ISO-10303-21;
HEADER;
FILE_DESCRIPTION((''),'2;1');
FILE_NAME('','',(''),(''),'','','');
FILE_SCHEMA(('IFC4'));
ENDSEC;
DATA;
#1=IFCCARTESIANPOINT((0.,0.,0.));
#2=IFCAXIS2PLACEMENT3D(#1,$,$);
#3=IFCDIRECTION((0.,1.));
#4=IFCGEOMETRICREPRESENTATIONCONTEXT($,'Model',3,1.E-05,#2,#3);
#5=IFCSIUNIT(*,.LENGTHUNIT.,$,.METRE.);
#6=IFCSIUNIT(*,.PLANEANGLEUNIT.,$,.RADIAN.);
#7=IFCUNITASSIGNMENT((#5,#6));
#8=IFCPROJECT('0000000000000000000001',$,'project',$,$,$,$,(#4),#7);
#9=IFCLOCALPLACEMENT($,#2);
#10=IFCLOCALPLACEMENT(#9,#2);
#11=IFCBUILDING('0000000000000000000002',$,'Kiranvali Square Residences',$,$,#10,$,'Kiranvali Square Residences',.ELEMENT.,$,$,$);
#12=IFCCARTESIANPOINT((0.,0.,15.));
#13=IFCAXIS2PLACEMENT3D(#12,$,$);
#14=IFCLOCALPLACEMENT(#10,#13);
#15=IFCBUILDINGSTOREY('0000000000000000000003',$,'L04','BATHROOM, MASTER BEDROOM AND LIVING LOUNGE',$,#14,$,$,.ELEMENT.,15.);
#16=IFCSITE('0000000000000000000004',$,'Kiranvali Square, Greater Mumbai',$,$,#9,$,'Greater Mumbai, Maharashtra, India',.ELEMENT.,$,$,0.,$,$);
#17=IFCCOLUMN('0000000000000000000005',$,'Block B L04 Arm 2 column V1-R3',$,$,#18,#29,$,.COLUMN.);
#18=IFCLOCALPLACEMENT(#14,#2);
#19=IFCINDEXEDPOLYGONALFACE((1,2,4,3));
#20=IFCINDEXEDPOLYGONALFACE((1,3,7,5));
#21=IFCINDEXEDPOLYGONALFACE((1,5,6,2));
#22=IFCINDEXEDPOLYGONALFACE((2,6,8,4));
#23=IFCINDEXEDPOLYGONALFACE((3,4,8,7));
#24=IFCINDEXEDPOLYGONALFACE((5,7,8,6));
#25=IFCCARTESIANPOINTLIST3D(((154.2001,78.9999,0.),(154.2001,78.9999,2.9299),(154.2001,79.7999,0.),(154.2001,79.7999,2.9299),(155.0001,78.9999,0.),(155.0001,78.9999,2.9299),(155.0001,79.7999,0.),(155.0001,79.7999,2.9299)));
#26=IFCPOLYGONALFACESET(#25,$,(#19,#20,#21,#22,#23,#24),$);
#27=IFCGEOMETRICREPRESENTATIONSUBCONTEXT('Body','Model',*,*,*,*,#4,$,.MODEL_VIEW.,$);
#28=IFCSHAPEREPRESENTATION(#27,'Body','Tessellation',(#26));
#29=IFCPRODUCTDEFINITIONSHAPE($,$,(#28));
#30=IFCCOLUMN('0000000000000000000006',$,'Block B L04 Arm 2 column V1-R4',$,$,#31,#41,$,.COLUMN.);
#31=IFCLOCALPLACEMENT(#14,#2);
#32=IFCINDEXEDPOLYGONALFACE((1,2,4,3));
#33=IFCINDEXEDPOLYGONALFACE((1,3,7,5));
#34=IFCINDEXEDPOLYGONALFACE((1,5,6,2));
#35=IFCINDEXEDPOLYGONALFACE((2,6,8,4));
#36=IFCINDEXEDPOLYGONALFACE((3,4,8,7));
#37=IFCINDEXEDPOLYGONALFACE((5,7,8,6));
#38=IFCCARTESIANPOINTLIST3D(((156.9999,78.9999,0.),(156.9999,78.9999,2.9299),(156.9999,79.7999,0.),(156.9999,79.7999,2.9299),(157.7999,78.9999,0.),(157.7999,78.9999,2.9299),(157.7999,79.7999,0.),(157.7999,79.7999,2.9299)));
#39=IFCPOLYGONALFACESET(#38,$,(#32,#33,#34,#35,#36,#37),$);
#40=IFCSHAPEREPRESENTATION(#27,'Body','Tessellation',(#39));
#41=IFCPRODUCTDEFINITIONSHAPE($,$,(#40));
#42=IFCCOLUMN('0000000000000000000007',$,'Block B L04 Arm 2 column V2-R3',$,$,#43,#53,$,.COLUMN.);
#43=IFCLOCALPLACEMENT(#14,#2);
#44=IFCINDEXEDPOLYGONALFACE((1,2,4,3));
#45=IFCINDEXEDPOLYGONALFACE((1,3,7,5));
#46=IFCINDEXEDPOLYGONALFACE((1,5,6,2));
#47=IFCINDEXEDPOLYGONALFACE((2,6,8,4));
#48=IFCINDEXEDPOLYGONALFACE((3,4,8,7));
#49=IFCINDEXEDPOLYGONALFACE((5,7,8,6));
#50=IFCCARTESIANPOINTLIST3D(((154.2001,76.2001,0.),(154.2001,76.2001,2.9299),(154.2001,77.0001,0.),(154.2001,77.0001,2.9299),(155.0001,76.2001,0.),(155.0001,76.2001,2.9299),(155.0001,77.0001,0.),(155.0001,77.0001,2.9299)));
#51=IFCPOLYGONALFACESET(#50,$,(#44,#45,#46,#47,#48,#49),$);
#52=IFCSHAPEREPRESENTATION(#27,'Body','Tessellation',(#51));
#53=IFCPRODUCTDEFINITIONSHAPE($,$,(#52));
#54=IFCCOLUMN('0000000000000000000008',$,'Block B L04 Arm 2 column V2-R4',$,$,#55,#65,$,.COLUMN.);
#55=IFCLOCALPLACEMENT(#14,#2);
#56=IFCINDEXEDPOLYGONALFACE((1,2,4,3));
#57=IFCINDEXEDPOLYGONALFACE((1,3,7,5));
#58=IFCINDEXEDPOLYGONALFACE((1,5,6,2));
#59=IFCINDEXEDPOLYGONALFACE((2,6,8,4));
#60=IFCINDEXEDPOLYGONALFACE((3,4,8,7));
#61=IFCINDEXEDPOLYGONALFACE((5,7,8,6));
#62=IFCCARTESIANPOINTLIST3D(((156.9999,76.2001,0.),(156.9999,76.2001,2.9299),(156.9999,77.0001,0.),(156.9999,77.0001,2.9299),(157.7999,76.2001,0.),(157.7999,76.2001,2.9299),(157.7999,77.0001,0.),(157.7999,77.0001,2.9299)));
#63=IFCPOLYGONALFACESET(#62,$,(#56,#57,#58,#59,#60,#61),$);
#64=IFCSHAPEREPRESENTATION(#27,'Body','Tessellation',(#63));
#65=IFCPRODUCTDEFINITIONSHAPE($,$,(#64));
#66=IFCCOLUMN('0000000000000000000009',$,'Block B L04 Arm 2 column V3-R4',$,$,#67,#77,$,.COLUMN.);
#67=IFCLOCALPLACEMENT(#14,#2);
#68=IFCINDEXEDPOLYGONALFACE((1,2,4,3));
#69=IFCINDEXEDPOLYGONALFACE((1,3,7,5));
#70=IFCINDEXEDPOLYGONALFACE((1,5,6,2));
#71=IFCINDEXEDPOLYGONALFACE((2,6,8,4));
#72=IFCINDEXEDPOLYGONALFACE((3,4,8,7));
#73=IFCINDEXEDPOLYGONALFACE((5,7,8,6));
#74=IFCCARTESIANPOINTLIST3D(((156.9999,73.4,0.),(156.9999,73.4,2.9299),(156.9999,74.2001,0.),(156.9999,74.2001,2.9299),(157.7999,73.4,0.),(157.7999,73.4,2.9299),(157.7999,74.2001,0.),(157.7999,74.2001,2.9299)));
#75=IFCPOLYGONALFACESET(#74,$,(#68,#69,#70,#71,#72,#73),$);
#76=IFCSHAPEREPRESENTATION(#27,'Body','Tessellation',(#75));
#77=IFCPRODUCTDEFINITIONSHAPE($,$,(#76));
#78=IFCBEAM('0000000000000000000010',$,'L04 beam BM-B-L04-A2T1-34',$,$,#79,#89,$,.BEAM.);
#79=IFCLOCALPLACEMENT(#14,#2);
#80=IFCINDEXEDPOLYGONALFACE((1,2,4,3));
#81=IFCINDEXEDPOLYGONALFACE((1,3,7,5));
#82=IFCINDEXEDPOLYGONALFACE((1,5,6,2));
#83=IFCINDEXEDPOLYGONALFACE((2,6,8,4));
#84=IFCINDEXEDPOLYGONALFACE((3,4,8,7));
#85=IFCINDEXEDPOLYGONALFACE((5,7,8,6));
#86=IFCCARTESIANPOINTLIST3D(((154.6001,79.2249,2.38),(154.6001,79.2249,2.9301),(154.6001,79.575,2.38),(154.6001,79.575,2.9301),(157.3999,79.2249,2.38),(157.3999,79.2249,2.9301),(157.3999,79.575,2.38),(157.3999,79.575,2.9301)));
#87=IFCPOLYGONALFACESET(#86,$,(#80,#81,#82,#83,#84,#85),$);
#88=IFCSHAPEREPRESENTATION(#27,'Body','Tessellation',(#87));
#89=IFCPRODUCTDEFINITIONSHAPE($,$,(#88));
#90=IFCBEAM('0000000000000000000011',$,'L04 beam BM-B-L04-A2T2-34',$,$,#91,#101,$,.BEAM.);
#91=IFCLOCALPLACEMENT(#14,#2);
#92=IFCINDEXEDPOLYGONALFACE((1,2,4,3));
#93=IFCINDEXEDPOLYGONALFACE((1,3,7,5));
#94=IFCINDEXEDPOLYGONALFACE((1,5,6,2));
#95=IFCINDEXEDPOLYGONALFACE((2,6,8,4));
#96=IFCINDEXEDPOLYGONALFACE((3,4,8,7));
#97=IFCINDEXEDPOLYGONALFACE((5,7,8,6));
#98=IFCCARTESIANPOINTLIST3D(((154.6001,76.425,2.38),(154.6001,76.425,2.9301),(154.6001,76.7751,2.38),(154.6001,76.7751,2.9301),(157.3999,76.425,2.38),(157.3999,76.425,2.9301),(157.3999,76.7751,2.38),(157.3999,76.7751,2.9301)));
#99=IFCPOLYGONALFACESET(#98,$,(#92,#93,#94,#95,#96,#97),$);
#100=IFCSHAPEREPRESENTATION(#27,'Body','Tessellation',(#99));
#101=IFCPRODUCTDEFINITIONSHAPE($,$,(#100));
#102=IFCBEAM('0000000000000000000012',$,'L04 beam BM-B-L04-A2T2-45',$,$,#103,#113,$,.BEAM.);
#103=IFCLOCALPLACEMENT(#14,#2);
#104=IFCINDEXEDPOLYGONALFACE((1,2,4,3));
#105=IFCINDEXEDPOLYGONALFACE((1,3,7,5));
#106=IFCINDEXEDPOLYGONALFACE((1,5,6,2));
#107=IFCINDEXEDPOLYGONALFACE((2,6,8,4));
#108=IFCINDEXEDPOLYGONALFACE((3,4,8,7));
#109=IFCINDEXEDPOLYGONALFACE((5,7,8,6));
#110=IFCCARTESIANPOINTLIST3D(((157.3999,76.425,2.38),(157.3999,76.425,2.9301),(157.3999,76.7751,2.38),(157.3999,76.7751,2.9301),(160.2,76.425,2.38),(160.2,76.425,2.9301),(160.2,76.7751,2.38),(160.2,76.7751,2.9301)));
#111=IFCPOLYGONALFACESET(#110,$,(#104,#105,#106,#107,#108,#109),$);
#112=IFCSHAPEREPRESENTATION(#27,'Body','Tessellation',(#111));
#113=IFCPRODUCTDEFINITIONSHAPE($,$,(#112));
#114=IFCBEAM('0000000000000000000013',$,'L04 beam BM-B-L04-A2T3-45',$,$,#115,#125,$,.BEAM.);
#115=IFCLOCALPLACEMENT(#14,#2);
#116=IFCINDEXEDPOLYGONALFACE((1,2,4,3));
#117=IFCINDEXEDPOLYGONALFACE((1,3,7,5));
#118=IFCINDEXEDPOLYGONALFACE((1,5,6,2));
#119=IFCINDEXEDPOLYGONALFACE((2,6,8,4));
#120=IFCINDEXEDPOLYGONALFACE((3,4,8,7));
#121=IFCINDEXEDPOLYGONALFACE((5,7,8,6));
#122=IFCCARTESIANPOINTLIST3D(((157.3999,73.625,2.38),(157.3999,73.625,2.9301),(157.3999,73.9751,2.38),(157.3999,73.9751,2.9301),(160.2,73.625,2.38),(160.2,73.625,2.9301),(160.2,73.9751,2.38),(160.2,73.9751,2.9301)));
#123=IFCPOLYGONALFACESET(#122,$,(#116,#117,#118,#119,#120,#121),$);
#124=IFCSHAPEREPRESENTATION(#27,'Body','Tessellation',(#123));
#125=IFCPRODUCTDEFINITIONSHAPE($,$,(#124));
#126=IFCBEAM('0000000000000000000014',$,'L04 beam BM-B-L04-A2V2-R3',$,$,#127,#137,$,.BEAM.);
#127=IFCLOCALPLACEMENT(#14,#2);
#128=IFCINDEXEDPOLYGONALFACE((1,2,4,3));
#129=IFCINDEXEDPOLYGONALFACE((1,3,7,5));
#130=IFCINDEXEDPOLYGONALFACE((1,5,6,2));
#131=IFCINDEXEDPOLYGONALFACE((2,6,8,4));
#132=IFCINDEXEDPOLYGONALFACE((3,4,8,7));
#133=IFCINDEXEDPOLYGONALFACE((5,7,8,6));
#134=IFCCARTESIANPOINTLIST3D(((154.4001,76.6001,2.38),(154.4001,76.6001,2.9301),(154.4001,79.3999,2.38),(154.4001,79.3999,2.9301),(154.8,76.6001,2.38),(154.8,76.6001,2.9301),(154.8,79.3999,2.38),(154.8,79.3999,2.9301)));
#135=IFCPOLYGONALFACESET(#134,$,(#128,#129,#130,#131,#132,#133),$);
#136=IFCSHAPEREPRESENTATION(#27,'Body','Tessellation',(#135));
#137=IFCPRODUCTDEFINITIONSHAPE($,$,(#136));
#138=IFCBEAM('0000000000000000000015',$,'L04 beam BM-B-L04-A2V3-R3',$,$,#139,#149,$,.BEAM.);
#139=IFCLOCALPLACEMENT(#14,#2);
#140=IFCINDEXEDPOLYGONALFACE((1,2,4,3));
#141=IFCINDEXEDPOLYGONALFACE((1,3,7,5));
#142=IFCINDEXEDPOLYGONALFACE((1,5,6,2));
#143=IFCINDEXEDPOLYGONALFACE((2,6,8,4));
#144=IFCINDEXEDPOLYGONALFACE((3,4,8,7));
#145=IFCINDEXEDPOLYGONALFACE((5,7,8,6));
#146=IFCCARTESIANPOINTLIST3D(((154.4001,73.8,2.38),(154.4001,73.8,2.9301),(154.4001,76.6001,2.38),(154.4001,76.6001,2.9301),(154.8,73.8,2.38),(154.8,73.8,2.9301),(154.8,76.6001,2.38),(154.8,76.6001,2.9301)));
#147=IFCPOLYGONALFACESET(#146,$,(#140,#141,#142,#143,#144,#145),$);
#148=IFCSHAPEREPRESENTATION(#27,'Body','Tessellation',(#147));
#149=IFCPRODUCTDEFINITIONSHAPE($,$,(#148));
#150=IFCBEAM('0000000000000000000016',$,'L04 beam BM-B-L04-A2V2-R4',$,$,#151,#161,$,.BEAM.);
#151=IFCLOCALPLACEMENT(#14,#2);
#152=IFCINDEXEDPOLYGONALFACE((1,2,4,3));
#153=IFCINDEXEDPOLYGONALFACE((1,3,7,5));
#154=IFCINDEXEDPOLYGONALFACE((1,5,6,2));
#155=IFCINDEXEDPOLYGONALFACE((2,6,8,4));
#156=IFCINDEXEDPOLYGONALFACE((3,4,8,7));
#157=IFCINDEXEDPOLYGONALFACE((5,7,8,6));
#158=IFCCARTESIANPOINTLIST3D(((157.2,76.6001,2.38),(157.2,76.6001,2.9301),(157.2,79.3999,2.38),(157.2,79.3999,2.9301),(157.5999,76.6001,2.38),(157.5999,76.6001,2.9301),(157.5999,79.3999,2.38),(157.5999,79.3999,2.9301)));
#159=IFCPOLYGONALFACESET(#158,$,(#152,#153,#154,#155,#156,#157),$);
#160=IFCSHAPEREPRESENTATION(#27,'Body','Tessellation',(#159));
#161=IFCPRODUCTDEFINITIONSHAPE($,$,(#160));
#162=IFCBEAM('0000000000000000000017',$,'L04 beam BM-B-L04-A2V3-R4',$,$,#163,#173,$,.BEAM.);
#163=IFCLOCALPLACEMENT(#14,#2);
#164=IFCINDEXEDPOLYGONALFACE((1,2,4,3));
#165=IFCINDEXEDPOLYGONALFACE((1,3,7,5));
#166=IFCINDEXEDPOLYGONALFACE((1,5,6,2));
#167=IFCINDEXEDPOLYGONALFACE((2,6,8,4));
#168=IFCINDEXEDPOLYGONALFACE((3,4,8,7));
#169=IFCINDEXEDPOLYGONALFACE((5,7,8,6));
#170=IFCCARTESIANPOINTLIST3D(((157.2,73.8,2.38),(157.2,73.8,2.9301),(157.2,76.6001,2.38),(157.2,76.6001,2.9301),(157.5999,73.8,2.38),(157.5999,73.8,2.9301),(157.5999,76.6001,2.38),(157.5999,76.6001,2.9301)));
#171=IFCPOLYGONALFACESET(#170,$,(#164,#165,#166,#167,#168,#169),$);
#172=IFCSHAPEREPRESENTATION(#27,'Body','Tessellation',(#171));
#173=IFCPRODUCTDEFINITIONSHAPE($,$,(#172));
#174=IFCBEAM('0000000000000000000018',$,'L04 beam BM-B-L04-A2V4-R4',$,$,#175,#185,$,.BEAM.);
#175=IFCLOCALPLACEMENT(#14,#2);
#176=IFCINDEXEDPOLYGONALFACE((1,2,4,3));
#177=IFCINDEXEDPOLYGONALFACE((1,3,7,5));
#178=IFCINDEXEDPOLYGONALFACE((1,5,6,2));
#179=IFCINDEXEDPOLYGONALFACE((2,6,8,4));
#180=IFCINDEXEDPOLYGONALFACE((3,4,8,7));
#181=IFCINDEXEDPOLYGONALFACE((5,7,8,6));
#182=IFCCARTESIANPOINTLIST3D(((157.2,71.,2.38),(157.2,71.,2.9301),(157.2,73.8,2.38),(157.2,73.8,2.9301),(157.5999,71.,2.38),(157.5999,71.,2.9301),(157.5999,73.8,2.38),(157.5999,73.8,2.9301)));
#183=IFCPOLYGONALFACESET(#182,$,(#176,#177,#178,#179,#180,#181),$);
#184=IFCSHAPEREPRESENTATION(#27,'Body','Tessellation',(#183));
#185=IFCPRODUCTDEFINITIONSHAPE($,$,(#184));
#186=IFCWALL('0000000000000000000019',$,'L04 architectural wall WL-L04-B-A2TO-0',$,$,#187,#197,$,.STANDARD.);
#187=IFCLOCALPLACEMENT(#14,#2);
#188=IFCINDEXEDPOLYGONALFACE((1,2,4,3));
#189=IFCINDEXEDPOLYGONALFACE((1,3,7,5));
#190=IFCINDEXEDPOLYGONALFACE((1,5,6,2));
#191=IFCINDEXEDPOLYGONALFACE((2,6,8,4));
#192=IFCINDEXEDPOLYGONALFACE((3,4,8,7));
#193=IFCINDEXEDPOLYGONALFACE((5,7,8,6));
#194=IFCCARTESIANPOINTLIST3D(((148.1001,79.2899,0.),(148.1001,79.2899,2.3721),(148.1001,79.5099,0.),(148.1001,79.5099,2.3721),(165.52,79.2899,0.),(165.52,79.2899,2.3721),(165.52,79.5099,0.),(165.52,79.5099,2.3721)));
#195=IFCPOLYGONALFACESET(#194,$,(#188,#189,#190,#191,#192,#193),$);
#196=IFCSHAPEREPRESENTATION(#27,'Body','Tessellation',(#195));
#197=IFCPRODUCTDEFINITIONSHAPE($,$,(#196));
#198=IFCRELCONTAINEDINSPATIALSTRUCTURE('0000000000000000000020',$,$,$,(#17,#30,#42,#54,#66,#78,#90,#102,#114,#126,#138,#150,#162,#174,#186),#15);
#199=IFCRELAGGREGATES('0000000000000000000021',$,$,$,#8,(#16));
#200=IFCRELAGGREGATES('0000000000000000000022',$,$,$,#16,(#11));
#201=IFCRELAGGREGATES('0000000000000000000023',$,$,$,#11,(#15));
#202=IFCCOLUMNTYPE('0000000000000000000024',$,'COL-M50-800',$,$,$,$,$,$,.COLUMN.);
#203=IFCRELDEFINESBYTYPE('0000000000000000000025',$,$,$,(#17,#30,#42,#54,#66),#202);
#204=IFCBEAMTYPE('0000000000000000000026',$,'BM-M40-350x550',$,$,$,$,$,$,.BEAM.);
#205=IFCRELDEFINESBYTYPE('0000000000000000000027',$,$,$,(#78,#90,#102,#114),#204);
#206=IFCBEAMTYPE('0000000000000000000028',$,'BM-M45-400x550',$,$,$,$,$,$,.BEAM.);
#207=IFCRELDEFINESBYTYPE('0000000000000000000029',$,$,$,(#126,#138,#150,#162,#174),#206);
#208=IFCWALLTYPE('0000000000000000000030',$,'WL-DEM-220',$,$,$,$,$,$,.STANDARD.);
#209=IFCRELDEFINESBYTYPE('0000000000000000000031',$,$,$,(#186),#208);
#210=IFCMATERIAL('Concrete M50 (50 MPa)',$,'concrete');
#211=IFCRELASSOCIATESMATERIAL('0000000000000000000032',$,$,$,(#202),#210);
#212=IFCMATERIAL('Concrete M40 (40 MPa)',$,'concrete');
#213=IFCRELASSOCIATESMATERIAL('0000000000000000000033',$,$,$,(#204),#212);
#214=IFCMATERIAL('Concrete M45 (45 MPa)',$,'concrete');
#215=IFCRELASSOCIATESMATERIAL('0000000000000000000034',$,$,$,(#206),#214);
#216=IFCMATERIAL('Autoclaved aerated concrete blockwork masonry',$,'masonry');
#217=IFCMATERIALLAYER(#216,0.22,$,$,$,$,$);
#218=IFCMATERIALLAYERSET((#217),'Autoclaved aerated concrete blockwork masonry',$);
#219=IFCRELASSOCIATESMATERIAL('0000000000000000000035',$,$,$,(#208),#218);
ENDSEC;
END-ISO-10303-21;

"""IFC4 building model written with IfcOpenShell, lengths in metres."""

from ifc_helpers import new_model, si_unit, direction, frame, frame_2d, origin, origin_2d, place, context, subcontext, project, spatial, rectangle, extrude, material, layer, layer_set, material_profile, profile_set, type_object, element, save


model = new_model("IFC4")

# Units and contexts
model_context = context("Model", 3, precision=1e-05, world=origin(), true_north=direction((0.0, 1.0)))
body_context = subcontext(model_context, "Body", "Model", "MODEL_VIEW")
ifc_project = project(units=[si_unit("LENGTHUNIT", "METRE"), si_unit("PLANEANGLEUNIT", "RADIAN")], contexts=[model_context])

# Site, building, storey
site_placement = place(None, origin())
site = spatial("IfcSite", under=ifc_project, at=site_placement, Name="Kiranvali Square, Greater Mumbai", LongName="Greater Mumbai, Maharashtra, India", CompositionType="ELEMENT", RefElevation=0.0)
building_placement = place(site_placement, origin())
building = spatial("IfcBuilding", under=site, at=building_placement, Name="Kiranvali Square Residences", LongName="Kiranvali Square Residences", CompositionType="ELEMENT")
storey_placement = place(building_placement, frame((0.0, 0.0, 15.0)))
storey = spatial("IfcBuildingStorey", under=building, at=storey_placement, Name="L04", Description="BATHROOM, MASTER BEDROOM AND LIVING LOUNGE", CompositionType="ELEMENT", Elevation=15.0)

# Columns
ifc_material_1 = material(Name="Concrete M50 (50 MPa)", Category="concrete")
ifc_material_profile_1 = material_profile(ifc_material_1, rectangle(XDim=0.8, YDim=0.8, at=origin_2d()), Name="RC 800x800")
ifc_profile_set_1 = profile_set([ifc_material_profile_1], Name="Concrete M50 (50 MPa)")
column_type = type_object("IfcColumnType", Name="COL-M50-800", PredefinedType="COLUMN", material=ifc_profile_set_1)
for number, where, z_axis, x_axis, name in (
    (1, (154.6001, 79.3999, 0.0), (0.0, 0.0, 1.0), (1.0, 0.0, 0.0), "Block B L04 Arm 2 column V1-R3"),
    (2, (157.3999, 79.3999, 0.0), (0.0, 0.0, 1.0), (1.0, 0.0, 0.0), "Block B L04 Arm 2 column V1-R4"),
    (3, (154.6001, 76.6001, 0.0), (0.0, 0.0, 1.0), (1.0, 0.0, 0.0), "Block B L04 Arm 2 column V2-R3"),
    (4, (157.3999, 76.6001, 0.0), (0.0, 0.0, 1.0), (1.0, 0.0, 0.0), "Block B L04 Arm 2 column V2-R4"),
    (5, (157.3999, 73.8, 0.0), (0.0, 0.0, 1.0), (1.0, 0.0, 0.0), "Block B L04 Arm 2 column V3-R4"),
):
    element("IfcColumn", number, at=place(storey_placement, frame(where, z_axis=z_axis, x_axis=x_axis)), inside=storey, type_object=column_type, Name=name, PredefinedType="COLUMN", context=body_context, shape_type="SweptSolid", body=[
        extrude(rectangle(XDim=0.8, YDim=0.8, at=origin_2d()), origin(), (0.0, 0.0, 1.0), 2.9299),
    ])

# Beams
ifc_material_2 = material(Name="Concrete M40 (40 MPa)", Category="concrete")
ifc_material_profile_2 = material_profile(ifc_material_2, rectangle(XDim=0.3501, YDim=0.55, at=origin_2d()), Name="RC 350x550")
ifc_profile_set_2 = profile_set([ifc_material_profile_2], Name="Concrete M40 (40 MPa)")
beam_type_1 = type_object("IfcBeamType", Name="BM-M40-350x550", PredefinedType="BEAM", material=ifc_profile_set_2)
for number, where, z_axis, x_axis, name in (
    (6, (154.6001, 79.3999, 2.655), (1.0, 0.0, 0.0), (0.0, 1.0, 0.0), "L04 beam BM-B-L04-A2T1-34"),
    (7, (154.6001, 76.6001, 2.655), (1.0, 0.0, 0.0), (0.0, 1.0, 0.0), "L04 beam BM-B-L04-A2T2-34"),
):
    element("IfcBeam", number, at=place(storey_placement, frame(where, z_axis=z_axis, x_axis=x_axis)), inside=storey, type_object=beam_type_1, Name=name, PredefinedType="BEAM", context=body_context, shape_type="SweptSolid", body=[
        extrude(rectangle(XDim=0.3501, YDim=0.55, at=origin_2d()), origin(), (0.0, 0.0, 1.0), 2.7998),
    ])
for number, where, z_axis, x_axis, name in (
    (8, (157.3999, 76.6001, 2.655), (1.0, 0.0, 0.0), (0.0, 1.0, 0.0), "L04 beam BM-B-L04-A2T2-45"),
    (9, (157.3999, 73.8, 2.655), (1.0, 0.0, 0.0), (0.0, 1.0, 0.0), "L04 beam BM-B-L04-A2T3-45"),
):
    element("IfcBeam", number, at=place(storey_placement, frame(where, z_axis=z_axis, x_axis=x_axis)), inside=storey, type_object=beam_type_1, Name=name, PredefinedType="BEAM", context=body_context, shape_type="SweptSolid", body=[
        extrude(rectangle(XDim=0.3501, YDim=0.55, at=origin_2d()), origin(), (0.0, 0.0, 1.0), 2.8),
    ])
ifc_material_3 = material(Name="Concrete M45 (45 MPa)", Category="concrete")
ifc_material_profile_3 = material_profile(ifc_material_3, rectangle(XDim=0.3999, YDim=0.55, at=origin_2d()), Name="RC 400x550")
ifc_profile_set_3 = profile_set([ifc_material_profile_3], Name="Concrete M45 (45 MPa)")
beam_type_2 = type_object("IfcBeamType", Name="BM-M45-400x550", PredefinedType="BEAM", material=ifc_profile_set_3)
beam_1_placement = place(storey_placement, frame((154.6001, 79.3999, 2.655), z_axis=(0.0, -1.0, 0.0), x_axis=(1.0, 0.0, 0.0)))
element("IfcBeam", 10, at=beam_1_placement, inside=storey, type_object=beam_type_2, Name="L04 beam BM-B-L04-A2V2-R3", PredefinedType="BEAM", context=body_context, shape_type="SweptSolid", body=[
    extrude(rectangle(XDim=0.3999, YDim=0.55, at=origin_2d()), origin(), (0.0, 0.0, 1.0), 2.7998),
])
beam_2_placement = place(storey_placement, frame((154.6001, 76.6001, 2.655), z_axis=(0.0, -1.0, 0.0), x_axis=(1.0, 0.0, 0.0)))
element("IfcBeam", 11, at=beam_2_placement, inside=storey, type_object=beam_type_2, Name="L04 beam BM-B-L04-A2V3-R3", PredefinedType="BEAM", context=body_context, shape_type="SweptSolid", body=[
    extrude(rectangle(XDim=0.3999, YDim=0.55, at=origin_2d()), origin(), (0.0, 0.0, 1.0), 2.8),
])
beam_3_placement = place(storey_placement, frame((157.3999, 79.3999, 2.655), z_axis=(0.0, -1.0, 0.0), x_axis=(1.0, 0.0, 0.0)))
element("IfcBeam", 12, at=beam_3_placement, inside=storey, type_object=beam_type_2, Name="L04 beam BM-B-L04-A2V2-R4", PredefinedType="BEAM", context=body_context, shape_type="SweptSolid", body=[
    extrude(rectangle(XDim=0.3999, YDim=0.55, at=origin_2d()), origin(), (0.0, 0.0, 1.0), 2.7998),
])
for number, where, z_axis, x_axis, name in (
    (13, (157.3999, 76.6001, 2.655), (0.0, -1.0, 0.0), (1.0, 0.0, 0.0), "L04 beam BM-B-L04-A2V3-R4"),
    (14, (157.3999, 73.8, 2.655), (0.0, -1.0, 0.0), (1.0, 0.0, 0.0), "L04 beam BM-B-L04-A2V4-R4"),
):
    element("IfcBeam", number, at=place(storey_placement, frame(where, z_axis=z_axis, x_axis=x_axis)), inside=storey, type_object=beam_type_2, Name=name, PredefinedType="BEAM", context=body_context, shape_type="SweptSolid", body=[
        extrude(rectangle(XDim=0.3999, YDim=0.55, at=origin_2d()), origin(), (0.0, 0.0, 1.0), 2.8),
    ])

# Shared definitions
ifc_material_4 = material(Name="Autoclaved aerated concrete blockwork masonry", Category="masonry")

# Wall
ifc_layer_1 = layer(ifc_material_4, 0.22)
ifc_layer_set_1 = layer_set([ifc_layer_1], Name="Autoclaved aerated concrete blockwork masonry")
wall_type_1 = type_object("IfcWallType", Name="WL-DEM-220", PredefinedType="STANDARD", material=ifc_layer_set_1)
wall_1_placement = place(storey_placement, frame((148.1001, 79.3999, 0.0), z_axis=(0.0, 0.0, 1.0), x_axis=(1.0, 0.0, 0.0)))
element("IfcWall", 15, at=wall_1_placement, inside=storey, type_object=wall_type_1, Name="L04 architectural wall WL-L04-B-A2TO-0", PredefinedType="STANDARD", context=body_context, shape_type="SweptSolid", body=[
    extrude(rectangle(XDim=17.4199, YDim=0.22, at=frame_2d((8.71, 0.0))), origin(), (0.0, 0.0, 1.0), 2.3721),
])

save(model, "model.ifc")
